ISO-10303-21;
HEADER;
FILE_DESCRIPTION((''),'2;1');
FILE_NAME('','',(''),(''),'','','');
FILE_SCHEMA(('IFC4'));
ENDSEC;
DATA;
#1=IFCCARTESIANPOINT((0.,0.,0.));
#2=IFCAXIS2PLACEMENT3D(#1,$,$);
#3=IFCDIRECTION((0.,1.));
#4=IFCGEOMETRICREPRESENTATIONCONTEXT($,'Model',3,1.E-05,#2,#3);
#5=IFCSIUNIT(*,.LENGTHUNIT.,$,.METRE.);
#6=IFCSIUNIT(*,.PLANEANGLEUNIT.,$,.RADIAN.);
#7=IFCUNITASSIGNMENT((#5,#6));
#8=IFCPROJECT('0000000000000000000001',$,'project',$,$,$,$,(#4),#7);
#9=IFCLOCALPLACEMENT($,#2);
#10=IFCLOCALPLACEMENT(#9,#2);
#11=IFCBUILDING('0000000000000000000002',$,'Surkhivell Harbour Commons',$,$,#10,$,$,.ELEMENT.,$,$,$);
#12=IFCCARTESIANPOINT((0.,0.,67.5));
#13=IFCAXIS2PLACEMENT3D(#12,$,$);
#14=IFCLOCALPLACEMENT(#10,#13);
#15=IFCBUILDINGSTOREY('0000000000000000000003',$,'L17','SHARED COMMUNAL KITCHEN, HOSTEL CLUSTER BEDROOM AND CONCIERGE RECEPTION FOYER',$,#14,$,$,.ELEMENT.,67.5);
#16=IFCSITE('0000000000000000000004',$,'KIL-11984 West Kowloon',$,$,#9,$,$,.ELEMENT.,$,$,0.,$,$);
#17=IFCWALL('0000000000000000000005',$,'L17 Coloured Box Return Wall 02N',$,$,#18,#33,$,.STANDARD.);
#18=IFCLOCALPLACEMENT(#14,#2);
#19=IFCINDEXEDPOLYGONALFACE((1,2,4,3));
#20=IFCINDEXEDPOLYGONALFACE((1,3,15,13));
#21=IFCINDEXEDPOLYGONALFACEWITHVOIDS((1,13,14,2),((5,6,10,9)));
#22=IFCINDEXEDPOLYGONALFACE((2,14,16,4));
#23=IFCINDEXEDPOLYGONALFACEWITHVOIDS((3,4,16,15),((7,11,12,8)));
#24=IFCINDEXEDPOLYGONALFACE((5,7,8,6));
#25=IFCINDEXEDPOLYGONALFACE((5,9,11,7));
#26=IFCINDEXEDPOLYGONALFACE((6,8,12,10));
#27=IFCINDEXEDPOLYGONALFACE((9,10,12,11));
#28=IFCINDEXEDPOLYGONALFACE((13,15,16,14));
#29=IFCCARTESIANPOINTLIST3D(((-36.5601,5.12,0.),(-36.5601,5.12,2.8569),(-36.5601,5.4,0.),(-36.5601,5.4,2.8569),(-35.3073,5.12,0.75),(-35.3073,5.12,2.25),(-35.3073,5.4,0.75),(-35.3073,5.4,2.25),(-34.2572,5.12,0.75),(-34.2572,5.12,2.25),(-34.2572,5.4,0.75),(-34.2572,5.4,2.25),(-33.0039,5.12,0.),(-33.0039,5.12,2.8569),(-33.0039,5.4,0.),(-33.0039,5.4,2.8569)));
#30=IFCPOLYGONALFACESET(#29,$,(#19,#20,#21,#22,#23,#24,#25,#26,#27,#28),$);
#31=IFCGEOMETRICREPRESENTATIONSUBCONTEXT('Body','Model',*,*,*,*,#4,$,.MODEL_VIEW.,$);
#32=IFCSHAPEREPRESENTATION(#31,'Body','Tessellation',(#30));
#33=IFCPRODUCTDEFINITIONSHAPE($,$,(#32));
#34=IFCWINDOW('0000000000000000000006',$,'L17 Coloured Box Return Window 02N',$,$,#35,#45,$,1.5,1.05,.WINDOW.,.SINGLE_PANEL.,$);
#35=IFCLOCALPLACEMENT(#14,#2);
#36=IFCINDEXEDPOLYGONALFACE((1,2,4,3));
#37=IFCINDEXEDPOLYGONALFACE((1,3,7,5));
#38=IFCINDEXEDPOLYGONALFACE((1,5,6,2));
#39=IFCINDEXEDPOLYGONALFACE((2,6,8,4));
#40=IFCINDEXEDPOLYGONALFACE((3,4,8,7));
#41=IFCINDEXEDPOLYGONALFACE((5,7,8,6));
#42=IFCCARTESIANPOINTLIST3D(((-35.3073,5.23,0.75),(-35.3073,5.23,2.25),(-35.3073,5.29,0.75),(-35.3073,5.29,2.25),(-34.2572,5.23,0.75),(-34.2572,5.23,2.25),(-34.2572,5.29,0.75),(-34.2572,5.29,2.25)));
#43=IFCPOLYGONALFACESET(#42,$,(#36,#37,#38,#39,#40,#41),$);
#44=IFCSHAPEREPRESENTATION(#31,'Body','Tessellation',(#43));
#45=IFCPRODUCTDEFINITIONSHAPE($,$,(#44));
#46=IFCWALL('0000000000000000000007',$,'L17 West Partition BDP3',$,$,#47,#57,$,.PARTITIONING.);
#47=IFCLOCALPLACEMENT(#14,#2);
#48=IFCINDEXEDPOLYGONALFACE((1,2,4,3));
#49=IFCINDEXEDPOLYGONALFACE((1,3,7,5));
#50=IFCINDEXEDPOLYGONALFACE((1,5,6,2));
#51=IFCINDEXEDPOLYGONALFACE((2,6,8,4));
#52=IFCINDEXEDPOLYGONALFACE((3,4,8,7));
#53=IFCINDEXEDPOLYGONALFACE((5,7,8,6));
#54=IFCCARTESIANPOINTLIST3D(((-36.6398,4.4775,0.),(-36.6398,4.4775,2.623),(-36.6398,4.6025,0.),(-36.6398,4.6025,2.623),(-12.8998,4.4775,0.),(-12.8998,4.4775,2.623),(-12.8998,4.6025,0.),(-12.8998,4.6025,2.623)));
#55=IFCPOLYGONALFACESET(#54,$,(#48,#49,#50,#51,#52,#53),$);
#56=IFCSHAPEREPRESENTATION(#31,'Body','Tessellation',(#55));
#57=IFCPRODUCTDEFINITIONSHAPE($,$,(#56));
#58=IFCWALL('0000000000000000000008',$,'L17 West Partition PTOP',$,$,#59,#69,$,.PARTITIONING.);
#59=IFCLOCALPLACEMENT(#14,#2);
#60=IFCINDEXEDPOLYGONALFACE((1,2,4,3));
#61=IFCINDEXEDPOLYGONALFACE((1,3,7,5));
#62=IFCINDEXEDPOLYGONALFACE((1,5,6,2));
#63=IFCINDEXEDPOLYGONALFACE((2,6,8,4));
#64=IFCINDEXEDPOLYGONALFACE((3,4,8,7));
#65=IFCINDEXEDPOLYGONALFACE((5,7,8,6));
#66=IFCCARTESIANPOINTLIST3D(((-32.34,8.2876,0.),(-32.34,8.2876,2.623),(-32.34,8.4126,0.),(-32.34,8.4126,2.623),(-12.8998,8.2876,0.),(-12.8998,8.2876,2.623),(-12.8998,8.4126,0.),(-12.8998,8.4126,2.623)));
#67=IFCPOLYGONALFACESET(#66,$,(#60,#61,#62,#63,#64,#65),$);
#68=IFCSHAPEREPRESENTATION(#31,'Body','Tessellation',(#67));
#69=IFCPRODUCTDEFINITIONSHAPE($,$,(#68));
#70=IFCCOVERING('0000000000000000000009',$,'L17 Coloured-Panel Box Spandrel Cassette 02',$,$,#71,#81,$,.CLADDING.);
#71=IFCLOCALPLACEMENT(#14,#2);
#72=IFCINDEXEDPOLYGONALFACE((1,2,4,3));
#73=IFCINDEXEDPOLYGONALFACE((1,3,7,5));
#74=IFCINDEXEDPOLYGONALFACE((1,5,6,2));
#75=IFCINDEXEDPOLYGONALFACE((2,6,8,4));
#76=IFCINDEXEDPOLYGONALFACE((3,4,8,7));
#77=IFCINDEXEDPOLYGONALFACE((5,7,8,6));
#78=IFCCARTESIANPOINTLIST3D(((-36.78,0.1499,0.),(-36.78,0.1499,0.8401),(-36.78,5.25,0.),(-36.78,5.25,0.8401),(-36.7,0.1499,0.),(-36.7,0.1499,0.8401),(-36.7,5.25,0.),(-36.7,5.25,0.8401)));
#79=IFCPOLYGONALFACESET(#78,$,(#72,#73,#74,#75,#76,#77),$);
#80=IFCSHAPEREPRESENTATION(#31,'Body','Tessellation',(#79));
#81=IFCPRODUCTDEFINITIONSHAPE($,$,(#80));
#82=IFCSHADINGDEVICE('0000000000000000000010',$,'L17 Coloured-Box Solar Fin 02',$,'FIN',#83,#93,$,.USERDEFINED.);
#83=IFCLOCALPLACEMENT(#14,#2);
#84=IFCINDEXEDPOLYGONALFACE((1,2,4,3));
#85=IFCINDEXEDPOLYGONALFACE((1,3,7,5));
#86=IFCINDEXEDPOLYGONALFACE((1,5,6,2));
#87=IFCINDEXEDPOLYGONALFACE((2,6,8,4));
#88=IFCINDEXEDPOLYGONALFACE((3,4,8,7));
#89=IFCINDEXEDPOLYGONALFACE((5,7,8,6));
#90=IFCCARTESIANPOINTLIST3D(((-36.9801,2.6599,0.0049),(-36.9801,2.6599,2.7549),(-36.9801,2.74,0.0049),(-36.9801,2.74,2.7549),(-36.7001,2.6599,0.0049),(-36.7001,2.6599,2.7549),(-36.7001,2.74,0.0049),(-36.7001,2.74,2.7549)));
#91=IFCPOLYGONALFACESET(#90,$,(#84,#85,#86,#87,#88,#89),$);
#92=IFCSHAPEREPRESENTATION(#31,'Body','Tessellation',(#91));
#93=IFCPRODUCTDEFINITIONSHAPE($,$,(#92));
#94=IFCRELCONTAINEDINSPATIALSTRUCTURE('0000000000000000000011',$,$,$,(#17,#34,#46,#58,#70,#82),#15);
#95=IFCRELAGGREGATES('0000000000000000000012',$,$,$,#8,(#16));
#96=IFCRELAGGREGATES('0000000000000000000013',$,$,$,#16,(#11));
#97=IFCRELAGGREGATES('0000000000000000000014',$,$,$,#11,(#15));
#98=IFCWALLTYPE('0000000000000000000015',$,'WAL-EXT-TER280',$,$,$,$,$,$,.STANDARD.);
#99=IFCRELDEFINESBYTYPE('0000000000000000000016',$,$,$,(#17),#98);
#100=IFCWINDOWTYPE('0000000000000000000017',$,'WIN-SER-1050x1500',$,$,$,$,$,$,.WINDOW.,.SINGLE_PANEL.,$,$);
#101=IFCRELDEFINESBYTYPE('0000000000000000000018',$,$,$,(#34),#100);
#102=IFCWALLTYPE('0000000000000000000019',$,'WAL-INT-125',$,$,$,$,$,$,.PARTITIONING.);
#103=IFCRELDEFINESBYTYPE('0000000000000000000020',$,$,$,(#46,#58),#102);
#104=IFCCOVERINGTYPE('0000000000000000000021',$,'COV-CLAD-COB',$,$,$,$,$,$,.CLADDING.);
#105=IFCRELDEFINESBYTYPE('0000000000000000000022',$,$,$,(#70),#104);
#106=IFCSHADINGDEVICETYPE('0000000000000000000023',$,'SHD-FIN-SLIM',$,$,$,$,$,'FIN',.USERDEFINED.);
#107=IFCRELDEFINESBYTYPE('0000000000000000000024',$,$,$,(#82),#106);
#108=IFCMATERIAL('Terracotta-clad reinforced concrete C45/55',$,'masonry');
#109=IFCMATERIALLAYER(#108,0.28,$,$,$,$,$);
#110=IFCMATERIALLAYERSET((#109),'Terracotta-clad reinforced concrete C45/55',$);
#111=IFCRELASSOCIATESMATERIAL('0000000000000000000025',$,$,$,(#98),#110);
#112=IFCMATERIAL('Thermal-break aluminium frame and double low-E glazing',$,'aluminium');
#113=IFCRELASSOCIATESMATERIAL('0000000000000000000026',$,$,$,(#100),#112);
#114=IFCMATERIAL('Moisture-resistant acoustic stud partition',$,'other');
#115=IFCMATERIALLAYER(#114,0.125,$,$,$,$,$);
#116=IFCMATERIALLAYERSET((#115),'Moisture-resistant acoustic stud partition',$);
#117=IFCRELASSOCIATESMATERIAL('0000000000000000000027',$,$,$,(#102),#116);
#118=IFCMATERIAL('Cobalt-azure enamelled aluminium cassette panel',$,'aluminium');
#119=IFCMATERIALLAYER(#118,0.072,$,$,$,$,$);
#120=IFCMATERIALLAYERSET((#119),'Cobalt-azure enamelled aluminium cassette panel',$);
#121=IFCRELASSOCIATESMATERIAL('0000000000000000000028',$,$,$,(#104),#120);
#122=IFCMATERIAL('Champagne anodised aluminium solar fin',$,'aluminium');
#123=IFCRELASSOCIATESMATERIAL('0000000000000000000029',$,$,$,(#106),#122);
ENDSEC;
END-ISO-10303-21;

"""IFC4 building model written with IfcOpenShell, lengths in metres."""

from ifc_helpers import new_model, si_unit, direction, frame, frame_2d, origin, origin_2d, place, context, subcontext, project, spatial, rectangle, extrude, material, layer, layer_set, type_object, element, fill, save


model = new_model("IFC4")

# Units and contexts
model_context = context("Model", 3, precision=1e-05, world=origin(), true_north=direction((0.0, 1.0)))
body_context = subcontext(model_context, "Body", "Model", "MODEL_VIEW")
ifc_project = project(units=[si_unit("LENGTHUNIT", "METRE"), si_unit("PLANEANGLEUNIT", "RADIAN")], contexts=[model_context])

# Site, building, storey
site_placement = place(None, origin())
site = spatial("IfcSite", under=ifc_project, at=site_placement, Name="KIL-11984 West Kowloon", CompositionType="ELEMENT", RefElevation=0.0)
building_placement = place(site_placement, origin())
building = spatial("IfcBuilding", under=site, at=building_placement, Name="Surkhivell Harbour Commons", CompositionType="ELEMENT")
storey_placement = place(building_placement, frame((0.0, 0.0, 67.5)))
storey = spatial("IfcBuildingStorey", under=building, at=storey_placement, Name="L17", Description="SHARED COMMUNAL KITCHEN, HOSTEL CLUSTER BEDROOM AND CONCIERGE RECEPTION FOYER", CompositionType="ELEMENT", Elevation=67.5)

# Wall, opening, window
ifc_material_1 = material(Name="Terracotta-clad reinforced concrete C45/55", Category="masonry")
ifc_layer_1 = layer(ifc_material_1, 0.28)
ifc_layer_set_1 = layer_set([ifc_layer_1], Name="Terracotta-clad reinforced concrete C45/55")
wall_type_1 = type_object("IfcWallType", Name="WAL-EXT-TER280", PredefinedType="STANDARD", material=ifc_layer_set_1)
ifc_material_2 = material(Name="Thermal-break aluminium frame and double low-E glazing", Category="aluminium")
window_type = type_object("IfcWindowType", Name="WIN-SER-1050x1500", PartitioningType="SINGLE_PANEL", PredefinedType="WINDOW", material=ifc_material_2)
wall_1_placement = place(storey_placement, frame((-36.5601, 5.26, 0.0), z_axis=(0.0, 0.0, 1.0), x_axis=(1.0, 0.0, 0.0)))
wall_1 = element("IfcWall", 1, at=wall_1_placement, inside=storey, type_object=wall_type_1, Name="L17 Coloured Box Return Wall 02N", PredefinedType="STANDARD", context=body_context, shape_type="SweptSolid", body=[
    extrude(rectangle(XDim=3.5562, YDim=0.28, at=frame_2d((1.7781, 0.0))), origin(), (0.0, 0.0, 1.0), 2.8569),
])
opening_1_placement = place(wall_1_placement, frame((1.2529, 0.0, 0.75)))
opening_1 = element("IfcOpeningElement", 2, at=opening_1_placement, cuts=wall_1, PredefinedType="OPENING", context=body_context, shape_type="SweptSolid", body=[
    extrude(rectangle(XDim=1.05, YDim=1.5, at=frame_2d((0.5249, 0.75))), frame((0.0, 0.1499, 0.0), z_axis=(0.0, -1.0, 0.0), x_axis=(1.0, 0.0, 0.0)), (0.0, 0.0, 1.0), 0.3),
])
window_1_placement = place(opening_1_placement, origin())
window_1 = element("IfcWindow", 3, at=window_1_placement, inside=storey, type_object=window_type, Name="L17 Coloured Box Return Window 02N", OverallHeight=1.5, OverallWidth=1.05, PartitioningType="SINGLE_PANEL", PredefinedType="WINDOW", context=body_context, shape_type="SweptSolid", body=[
    extrude(rectangle(XDim=1.05, YDim=1.5, at=frame_2d((0.5249, 0.75))), frame((0.0, 0.03, 0.0), z_axis=(0.0, -1.0, 0.0), x_axis=(1.0, 0.0, 0.0)), (0.0, 0.0, 1.0), 0.0601),
])
fill(opening_1, window_1)

# Walls
ifc_material_3 = material(Name="Moisture-resistant acoustic stud partition", Category="other")
ifc_layer_2 = layer(ifc_material_3, 0.125)
ifc_layer_set_2 = layer_set([ifc_layer_2], Name="Moisture-resistant acoustic stud partition")
wall_type_2 = type_object("IfcWallType", Name="WAL-INT-125", PredefinedType="PARTITIONING", material=ifc_layer_set_2)
wall_2_placement = place(storey_placement, frame((-36.6399, 4.54, 0.0), z_axis=(0.0, 0.0, 1.0), x_axis=(1.0, 0.0, 0.0)))
element("IfcWall", 4, at=wall_2_placement, inside=storey, type_object=wall_type_2, Name="L17 West Partition BDP3", PredefinedType="PARTITIONING", context=body_context, shape_type="SweptSolid", body=[
    extrude(rectangle(XDim=23.74, YDim=0.125, at=frame_2d((11.8701, 0.0))), origin(), (0.0, 0.0, 1.0), 2.623),
])
wall_3_placement = place(storey_placement, frame((-32.3401, 8.3501, 0.0), z_axis=(0.0, 0.0, 1.0), x_axis=(1.0, 0.0, 0.0)))
element("IfcWall", 5, at=wall_3_placement, inside=storey, type_object=wall_type_2, Name="L17 West Partition PTOP", PredefinedType="PARTITIONING", context=body_context, shape_type="SweptSolid", body=[
    extrude(rectangle(XDim=19.4402, YDim=0.125, at=frame_2d((9.7202, 0.0))), origin(), (0.0, 0.0, 1.0), 2.623),
])

# Covering
ifc_material_4 = material(Name="Cobalt-azure enamelled aluminium cassette panel", Category="aluminium")
ifc_layer_3 = layer(ifc_material_4, 0.072)
ifc_layer_set_3 = layer_set([ifc_layer_3], Name="Cobalt-azure enamelled aluminium cassette panel")
covering_type = type_object("IfcCoveringType", Name="COV-CLAD-COB", PredefinedType="CLADDING", material=ifc_layer_set_3)
covering_placement = place(storey_placement, frame((-36.74, 2.7, 0.0), z_axis=(0.0, 0.0, 1.0), x_axis=(1.0, 0.0, 0.0)))
element("IfcCovering", 6, at=covering_placement, inside=storey, type_object=covering_type, Name="L17 Coloured-Panel Box Spandrel Cassette 02", PredefinedType="CLADDING", context=body_context, shape_type="SweptSolid", body=[
    extrude(rectangle(XDim=0.0801, YDim=5.1001, at=origin_2d()), origin(), (0.0, 0.0, 1.0), 0.8401),
])

# Shading device
ifc_material_5 = material(Name="Champagne anodised aluminium solar fin", Category="aluminium")
shading_device_type = type_object("IfcShadingDeviceType", Name="SHD-FIN-SLIM", ElementType="FIN", PredefinedType="USERDEFINED", material=ifc_material_5)
shading_device_placement = place(storey_placement, frame((-36.8401, 2.7, 0.0049), z_axis=(0.0, 0.0, 1.0), x_axis=(1.0, 0.0, 0.0)))
element("IfcShadingDevice", 7, at=shading_device_placement, inside=storey, type_object=shading_device_type, Name="L17 Coloured-Box Solar Fin 02", ObjectType="FIN", PredefinedType="USERDEFINED", context=body_context, shape_type="SweptSolid", body=[
    extrude(rectangle(XDim=0.28, YDim=0.0801, at=origin_2d()), origin(), (0.0, 0.0, 1.0), 2.75),
])

save(model, "model.ifc")
